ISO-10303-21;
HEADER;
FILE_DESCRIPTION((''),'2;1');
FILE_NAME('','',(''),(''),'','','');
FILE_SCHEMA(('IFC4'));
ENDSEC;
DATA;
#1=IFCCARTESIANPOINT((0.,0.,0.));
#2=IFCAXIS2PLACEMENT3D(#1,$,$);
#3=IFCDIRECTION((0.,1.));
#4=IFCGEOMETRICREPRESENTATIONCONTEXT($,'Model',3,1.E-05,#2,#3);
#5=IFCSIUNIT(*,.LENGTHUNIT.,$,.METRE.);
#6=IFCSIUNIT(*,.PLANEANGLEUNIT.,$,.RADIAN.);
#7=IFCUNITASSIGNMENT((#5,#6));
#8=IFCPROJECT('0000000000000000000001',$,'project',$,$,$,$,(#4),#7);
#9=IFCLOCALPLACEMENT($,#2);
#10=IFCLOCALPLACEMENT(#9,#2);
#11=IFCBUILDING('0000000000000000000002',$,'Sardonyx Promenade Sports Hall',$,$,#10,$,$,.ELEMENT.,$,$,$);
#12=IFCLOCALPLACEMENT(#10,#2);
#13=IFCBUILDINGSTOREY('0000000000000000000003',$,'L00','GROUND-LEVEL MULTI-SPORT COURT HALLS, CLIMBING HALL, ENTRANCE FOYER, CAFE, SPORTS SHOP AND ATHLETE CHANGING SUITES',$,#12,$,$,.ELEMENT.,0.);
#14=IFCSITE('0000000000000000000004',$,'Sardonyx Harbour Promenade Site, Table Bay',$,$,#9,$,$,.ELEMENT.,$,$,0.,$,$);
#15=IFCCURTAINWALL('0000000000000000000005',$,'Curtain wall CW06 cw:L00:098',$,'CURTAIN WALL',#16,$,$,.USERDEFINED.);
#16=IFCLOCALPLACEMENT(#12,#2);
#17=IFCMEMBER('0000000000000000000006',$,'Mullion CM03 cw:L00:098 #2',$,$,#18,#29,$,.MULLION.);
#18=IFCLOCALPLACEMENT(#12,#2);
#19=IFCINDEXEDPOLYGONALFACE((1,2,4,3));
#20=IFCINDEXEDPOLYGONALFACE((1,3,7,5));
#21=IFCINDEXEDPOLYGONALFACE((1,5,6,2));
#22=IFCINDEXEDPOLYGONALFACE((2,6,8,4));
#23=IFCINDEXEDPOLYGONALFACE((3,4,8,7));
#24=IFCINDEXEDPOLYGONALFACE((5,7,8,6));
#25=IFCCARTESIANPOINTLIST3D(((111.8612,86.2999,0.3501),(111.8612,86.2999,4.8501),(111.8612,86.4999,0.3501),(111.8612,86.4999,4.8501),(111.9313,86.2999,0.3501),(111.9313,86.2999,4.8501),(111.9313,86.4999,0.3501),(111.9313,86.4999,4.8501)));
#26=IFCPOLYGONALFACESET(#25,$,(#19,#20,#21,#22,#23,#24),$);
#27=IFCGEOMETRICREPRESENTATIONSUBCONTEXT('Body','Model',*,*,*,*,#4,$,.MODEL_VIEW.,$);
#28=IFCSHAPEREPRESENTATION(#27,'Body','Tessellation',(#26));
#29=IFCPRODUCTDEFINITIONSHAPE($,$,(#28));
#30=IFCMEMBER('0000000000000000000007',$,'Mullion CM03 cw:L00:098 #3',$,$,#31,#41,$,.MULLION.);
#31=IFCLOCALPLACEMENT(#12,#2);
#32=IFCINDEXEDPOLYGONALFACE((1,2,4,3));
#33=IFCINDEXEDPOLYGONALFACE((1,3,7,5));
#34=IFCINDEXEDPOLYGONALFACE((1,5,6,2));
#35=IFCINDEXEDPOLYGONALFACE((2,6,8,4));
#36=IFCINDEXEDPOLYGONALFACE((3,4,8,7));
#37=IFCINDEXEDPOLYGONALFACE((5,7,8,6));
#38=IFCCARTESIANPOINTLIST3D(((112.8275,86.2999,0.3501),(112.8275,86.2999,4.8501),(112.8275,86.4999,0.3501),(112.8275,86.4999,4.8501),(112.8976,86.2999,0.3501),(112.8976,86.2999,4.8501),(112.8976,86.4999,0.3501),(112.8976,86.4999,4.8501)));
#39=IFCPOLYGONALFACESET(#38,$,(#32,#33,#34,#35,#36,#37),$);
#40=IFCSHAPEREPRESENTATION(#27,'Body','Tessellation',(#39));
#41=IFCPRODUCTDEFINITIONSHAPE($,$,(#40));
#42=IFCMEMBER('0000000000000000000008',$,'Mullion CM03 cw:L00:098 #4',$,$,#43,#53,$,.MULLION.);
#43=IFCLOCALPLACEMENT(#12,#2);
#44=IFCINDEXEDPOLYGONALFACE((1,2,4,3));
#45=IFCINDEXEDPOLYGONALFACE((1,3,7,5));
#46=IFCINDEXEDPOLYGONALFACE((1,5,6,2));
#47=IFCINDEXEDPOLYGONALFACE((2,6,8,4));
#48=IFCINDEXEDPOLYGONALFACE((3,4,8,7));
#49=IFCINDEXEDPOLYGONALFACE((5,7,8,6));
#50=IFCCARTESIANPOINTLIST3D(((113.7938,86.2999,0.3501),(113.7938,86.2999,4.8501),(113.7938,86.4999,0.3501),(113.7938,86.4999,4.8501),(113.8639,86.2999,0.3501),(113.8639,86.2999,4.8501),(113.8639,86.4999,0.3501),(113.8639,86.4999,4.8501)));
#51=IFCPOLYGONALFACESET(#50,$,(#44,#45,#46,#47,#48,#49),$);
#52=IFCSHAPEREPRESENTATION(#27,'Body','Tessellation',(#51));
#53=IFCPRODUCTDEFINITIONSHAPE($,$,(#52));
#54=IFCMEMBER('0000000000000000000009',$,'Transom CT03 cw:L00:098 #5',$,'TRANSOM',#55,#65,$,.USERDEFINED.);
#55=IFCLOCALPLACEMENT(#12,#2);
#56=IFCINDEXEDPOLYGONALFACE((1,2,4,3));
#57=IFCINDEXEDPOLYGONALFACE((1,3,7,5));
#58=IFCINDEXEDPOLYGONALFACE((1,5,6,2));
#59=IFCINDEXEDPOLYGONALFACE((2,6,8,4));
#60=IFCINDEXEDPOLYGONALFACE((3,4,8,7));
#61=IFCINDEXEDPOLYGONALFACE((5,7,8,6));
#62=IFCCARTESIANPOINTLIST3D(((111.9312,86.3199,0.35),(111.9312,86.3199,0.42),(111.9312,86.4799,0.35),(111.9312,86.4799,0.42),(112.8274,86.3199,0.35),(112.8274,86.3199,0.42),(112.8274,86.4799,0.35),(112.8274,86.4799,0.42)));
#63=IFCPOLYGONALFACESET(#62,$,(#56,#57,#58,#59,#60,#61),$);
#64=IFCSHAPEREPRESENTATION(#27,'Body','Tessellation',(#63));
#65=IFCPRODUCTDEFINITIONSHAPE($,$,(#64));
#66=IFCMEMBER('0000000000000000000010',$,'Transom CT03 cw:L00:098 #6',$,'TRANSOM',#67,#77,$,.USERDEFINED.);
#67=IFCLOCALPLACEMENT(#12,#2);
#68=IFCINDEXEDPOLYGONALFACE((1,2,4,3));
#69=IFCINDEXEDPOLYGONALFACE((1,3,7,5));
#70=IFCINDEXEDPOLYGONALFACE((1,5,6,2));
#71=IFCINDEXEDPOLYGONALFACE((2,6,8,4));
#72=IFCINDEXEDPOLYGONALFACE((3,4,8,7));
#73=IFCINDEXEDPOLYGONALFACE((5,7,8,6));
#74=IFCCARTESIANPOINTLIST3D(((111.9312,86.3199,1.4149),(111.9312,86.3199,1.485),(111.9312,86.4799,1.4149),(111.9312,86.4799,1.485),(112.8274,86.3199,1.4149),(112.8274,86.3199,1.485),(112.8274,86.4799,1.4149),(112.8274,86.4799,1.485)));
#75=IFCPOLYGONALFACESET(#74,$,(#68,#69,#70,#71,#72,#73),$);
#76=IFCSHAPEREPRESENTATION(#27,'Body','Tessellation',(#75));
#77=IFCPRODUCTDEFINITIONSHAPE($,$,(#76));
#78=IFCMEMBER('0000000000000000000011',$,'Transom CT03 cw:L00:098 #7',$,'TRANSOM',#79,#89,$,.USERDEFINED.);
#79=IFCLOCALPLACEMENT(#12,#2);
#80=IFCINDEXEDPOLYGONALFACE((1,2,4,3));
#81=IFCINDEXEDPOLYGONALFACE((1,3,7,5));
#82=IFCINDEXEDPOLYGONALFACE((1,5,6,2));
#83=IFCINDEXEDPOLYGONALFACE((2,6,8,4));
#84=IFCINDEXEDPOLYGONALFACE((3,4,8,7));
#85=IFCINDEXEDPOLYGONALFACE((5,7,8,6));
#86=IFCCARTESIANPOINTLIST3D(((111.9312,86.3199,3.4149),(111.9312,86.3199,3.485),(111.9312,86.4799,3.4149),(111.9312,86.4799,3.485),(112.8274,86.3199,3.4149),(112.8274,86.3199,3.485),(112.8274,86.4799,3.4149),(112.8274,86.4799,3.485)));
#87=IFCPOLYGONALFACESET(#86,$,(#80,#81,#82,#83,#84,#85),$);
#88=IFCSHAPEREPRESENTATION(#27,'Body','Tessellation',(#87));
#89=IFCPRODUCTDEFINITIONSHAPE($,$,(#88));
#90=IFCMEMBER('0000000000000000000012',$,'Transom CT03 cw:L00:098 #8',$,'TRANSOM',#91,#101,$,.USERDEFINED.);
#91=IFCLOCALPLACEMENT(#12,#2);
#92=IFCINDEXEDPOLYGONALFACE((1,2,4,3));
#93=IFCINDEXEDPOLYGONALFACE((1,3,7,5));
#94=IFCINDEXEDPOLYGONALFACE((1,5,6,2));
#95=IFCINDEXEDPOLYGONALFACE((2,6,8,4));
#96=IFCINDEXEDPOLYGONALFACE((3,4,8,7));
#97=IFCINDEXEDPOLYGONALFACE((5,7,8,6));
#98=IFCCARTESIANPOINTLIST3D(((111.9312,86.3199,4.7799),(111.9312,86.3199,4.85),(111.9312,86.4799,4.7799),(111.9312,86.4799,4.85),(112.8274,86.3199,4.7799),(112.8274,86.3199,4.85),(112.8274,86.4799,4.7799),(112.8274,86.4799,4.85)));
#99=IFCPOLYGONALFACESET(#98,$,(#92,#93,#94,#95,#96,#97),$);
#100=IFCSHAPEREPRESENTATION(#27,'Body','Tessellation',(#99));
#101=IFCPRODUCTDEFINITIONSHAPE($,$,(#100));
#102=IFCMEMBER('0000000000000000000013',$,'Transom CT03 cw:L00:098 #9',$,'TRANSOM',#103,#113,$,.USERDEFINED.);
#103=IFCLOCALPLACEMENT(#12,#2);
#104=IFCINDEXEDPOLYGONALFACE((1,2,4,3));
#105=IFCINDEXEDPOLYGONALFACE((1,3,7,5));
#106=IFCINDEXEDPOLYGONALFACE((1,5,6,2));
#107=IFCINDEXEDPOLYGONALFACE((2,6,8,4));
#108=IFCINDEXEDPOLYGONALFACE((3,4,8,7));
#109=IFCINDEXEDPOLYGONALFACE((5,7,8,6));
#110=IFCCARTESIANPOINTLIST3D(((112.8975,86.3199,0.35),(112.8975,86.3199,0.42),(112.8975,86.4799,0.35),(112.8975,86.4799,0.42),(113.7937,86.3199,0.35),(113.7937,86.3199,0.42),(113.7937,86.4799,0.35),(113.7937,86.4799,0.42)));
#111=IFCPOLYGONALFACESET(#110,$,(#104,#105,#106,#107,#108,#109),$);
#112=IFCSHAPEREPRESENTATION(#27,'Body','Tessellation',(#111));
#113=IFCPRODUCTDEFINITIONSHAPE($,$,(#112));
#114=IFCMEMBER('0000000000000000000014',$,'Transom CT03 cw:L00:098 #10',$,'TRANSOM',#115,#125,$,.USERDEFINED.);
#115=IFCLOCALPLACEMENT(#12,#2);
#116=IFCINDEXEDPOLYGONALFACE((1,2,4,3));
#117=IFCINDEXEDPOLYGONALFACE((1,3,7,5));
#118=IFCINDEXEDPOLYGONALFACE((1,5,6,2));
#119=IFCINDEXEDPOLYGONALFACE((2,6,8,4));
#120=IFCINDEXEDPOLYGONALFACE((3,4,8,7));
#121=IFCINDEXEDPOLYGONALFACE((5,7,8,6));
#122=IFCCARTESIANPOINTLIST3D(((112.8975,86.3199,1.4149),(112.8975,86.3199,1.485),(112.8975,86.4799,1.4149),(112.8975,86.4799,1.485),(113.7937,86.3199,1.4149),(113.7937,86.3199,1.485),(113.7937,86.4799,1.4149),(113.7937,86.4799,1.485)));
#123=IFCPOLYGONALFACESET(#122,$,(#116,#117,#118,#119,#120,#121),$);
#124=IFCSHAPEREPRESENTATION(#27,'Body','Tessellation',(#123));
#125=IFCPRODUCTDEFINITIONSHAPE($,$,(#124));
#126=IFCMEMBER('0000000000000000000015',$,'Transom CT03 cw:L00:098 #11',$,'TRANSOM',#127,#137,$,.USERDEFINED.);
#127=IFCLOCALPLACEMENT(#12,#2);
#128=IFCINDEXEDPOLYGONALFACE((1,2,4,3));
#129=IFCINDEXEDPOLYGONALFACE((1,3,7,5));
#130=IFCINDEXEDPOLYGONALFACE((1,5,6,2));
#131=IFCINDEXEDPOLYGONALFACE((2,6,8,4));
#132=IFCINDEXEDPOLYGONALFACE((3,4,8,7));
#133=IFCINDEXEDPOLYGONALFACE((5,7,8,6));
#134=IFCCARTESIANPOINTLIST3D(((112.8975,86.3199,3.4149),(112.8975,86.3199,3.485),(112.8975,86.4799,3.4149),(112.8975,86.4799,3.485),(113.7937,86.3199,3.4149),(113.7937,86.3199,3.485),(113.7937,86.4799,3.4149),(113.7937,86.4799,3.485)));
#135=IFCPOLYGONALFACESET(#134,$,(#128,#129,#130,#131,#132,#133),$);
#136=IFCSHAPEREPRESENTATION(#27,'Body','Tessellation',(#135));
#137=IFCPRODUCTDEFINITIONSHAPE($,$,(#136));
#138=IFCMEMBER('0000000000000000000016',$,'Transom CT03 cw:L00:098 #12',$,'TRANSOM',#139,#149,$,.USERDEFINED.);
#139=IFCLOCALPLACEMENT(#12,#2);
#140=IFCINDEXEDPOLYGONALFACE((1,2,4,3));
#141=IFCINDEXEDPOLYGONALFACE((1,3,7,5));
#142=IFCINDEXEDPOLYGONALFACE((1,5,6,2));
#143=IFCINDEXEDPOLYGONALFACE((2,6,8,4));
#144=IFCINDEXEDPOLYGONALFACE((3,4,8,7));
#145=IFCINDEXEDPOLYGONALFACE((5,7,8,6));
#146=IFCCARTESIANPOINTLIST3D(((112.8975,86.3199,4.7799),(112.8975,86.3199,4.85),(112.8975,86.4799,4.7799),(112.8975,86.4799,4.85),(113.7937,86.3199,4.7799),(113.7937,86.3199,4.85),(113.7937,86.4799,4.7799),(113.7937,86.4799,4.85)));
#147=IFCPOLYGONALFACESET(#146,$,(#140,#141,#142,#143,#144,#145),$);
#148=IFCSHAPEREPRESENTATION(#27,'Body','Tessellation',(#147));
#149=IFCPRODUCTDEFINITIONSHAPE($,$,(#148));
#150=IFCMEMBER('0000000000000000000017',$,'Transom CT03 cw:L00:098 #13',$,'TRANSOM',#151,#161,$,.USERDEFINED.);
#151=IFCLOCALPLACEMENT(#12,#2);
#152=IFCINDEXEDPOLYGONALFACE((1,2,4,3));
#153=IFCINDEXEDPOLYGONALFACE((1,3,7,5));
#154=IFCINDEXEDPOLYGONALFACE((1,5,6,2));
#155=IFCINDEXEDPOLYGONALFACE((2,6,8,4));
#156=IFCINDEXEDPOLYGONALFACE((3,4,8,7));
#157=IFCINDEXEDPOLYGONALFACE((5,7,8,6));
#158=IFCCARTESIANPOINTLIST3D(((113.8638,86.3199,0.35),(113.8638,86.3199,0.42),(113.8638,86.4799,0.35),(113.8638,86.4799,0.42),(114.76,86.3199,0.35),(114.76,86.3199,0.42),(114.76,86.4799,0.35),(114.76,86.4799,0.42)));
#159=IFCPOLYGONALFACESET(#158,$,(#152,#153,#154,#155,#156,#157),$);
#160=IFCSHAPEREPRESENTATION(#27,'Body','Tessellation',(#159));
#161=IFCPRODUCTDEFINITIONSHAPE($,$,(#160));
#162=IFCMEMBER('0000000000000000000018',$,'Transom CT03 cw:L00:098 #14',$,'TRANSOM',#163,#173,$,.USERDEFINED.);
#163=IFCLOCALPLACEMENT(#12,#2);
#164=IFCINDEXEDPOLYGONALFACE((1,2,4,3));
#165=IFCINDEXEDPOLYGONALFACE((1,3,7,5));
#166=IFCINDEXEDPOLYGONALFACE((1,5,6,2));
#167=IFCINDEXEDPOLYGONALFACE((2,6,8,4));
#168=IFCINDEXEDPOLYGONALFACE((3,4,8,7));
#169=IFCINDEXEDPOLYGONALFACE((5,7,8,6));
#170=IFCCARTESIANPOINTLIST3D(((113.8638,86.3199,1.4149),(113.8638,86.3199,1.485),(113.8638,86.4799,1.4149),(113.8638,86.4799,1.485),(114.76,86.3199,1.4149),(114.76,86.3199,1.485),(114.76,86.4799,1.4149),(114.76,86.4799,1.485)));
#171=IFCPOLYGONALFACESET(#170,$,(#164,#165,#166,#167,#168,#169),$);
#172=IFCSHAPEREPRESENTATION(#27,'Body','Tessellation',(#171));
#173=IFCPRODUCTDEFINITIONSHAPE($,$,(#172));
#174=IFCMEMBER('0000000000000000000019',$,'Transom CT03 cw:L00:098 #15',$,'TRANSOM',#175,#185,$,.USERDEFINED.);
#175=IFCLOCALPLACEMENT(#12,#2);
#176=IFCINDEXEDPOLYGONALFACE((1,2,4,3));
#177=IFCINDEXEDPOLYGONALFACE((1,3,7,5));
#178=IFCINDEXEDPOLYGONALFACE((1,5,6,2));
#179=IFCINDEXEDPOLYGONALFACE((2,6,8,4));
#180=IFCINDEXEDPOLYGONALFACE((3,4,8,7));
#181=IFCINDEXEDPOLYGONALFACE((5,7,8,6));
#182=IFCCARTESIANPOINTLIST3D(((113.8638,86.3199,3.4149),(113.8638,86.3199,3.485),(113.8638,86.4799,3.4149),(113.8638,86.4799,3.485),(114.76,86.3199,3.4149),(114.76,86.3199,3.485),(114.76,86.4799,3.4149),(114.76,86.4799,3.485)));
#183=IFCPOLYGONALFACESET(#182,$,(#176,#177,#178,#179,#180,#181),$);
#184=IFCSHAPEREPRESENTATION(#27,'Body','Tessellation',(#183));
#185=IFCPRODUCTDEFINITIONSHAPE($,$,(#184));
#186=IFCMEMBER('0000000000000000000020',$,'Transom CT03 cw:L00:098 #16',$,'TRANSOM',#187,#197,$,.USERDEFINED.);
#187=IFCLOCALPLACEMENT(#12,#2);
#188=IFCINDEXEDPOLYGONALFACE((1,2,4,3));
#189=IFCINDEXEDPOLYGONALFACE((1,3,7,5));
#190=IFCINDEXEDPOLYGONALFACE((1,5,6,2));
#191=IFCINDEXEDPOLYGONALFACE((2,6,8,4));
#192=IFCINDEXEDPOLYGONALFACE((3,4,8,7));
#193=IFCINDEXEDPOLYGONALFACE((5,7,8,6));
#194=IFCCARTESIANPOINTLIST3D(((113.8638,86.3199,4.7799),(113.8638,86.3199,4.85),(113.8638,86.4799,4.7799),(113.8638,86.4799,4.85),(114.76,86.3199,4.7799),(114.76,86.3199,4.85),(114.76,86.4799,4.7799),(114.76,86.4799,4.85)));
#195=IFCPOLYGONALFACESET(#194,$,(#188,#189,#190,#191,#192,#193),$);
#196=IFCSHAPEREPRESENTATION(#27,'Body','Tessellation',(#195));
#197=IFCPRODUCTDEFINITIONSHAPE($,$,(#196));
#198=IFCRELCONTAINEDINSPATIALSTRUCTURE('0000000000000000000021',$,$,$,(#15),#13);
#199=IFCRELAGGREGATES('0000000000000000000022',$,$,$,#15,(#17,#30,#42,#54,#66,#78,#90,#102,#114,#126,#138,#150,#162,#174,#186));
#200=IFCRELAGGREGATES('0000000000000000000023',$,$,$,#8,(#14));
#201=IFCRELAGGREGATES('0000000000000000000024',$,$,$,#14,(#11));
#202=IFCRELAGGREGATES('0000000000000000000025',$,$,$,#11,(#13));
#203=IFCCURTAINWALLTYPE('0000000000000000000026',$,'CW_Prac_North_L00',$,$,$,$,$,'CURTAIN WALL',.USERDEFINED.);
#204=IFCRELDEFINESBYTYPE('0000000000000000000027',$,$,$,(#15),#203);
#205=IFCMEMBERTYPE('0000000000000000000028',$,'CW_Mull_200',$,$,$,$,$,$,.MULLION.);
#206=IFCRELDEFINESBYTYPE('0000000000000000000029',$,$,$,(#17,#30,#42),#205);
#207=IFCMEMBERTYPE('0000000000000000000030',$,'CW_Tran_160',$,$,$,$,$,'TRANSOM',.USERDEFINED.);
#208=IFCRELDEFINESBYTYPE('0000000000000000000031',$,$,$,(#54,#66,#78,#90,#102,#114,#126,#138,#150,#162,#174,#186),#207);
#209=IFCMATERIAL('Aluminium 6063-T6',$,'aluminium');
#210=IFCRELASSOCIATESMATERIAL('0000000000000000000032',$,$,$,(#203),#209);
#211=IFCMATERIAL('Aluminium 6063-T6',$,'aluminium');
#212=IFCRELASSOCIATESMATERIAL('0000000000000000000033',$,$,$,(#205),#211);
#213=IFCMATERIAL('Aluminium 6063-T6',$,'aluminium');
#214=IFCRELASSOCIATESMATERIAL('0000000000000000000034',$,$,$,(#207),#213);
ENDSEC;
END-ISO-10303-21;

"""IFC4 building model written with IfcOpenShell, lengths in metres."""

from ifc_helpers import new_model, si_unit, direction, frame, origin, origin_2d, place, context, subcontext, project, spatial, rectangle, extrude, material, material_profile, profile_set, type_object, element, aggregate, save


model = new_model("IFC4")

# Units and contexts
model_context = context("Model", 3, precision=1e-05, world=origin(), true_north=direction((0.0, 1.0)))
body_context = subcontext(model_context, "Body", "Model", "MODEL_VIEW")
ifc_project = project(units=[si_unit("LENGTHUNIT", "METRE"), si_unit("PLANEANGLEUNIT", "RADIAN")], contexts=[model_context])

# Site, building, storey
site_placement = place(None, origin())
site = spatial("IfcSite", under=ifc_project, at=site_placement, Name="Sardonyx Harbour Promenade Site, Table Bay", CompositionType="ELEMENT", RefElevation=0.0)
building_placement = place(site_placement, origin())
building = spatial("IfcBuilding", under=site, at=building_placement, Name="Sardonyx Promenade Sports Hall", CompositionType="ELEMENT")
storey_placement = place(building_placement, origin())
storey = spatial("IfcBuildingStorey", under=building, at=storey_placement, Name="L00", Description="GROUND-LEVEL MULTI-SPORT COURT HALLS, CLIMBING HALL, ENTRANCE FOYER, CAFE, SPORTS SHOP AND ATHLETE CHANGING SUITES", CompositionType="ELEMENT", Elevation=0.0)

# Curtain wall, members
ifc_material_1 = material(Name="Aluminium 6063-T6", Category="aluminium")
curtain_wall_type = type_object("IfcCurtainWallType", Name="CW_Prac_North_L00", ElementType="CURTAIN WALL", PredefinedType="USERDEFINED", material=ifc_material_1)
curtain_wall_placement = place(storey_placement, origin())
curtain_wall = element("IfcCurtainWall", 1, at=curtain_wall_placement, inside=storey, type_object=curtain_wall_type, Name="Curtain wall CW06 cw:L00:098", ObjectType="CURTAIN WALL", PredefinedType="USERDEFINED")
ifc_material_2 = material(Name="Aluminium 6063-T6", Category="aluminium")
ifc_material_profile_1 = material_profile(ifc_material_2, rectangle(XDim=0.0701, YDim=0.2, at=origin_2d()))
ifc_profile_set_1 = profile_set([ifc_material_profile_1], Name="Aluminium 6063-T6")
member_type_1 = type_object("IfcMemberType", Name="CW_Mull_200", PredefinedType="MULLION", material=ifc_profile_set_1)
member_1_placement = place(storey_placement, frame((111.8962, 86.3999, 0.3501), z_axis=(0.0, 0.0, 1.0), x_axis=(1.0, 0.0, 0.0)))
member_1 = element("IfcMember", 2, at=member_1_placement, type_object=member_type_1, Name="Mullion CM03 cw:L00:098 #2", PredefinedType="MULLION", context=body_context, shape_type="SweptSolid", body=[
    extrude(rectangle(XDim=0.0701, YDim=0.2, at=origin_2d()), origin(), (0.0, 0.0, 1.0), 4.5),
])
member_2_placement = place(storey_placement, frame((112.8625, 86.3999, 0.3501), z_axis=(0.0, 0.0, 1.0), x_axis=(1.0, 0.0, 0.0)))
member_2 = element("IfcMember", 3, at=member_2_placement, type_object=member_type_1, Name="Mullion CM03 cw:L00:098 #3", PredefinedType="MULLION", context=body_context, shape_type="SweptSolid", body=[
    extrude(rectangle(XDim=0.0701, YDim=0.2, at=origin_2d()), origin(), (0.0, 0.0, 1.0), 4.5),
])
member_3_placement = place(storey_placement, frame((113.8289, 86.3999, 0.3501), z_axis=(0.0, 0.0, 1.0), x_axis=(1.0, 0.0, 0.0)))
member_3 = element("IfcMember", 4, at=member_3_placement, type_object=member_type_1, Name="Mullion CM03 cw:L00:098 #4", PredefinedType="MULLION", context=body_context, shape_type="SweptSolid", body=[
    extrude(rectangle(XDim=0.0701, YDim=0.2, at=origin_2d()), origin(), (0.0, 0.0, 1.0), 4.5),
])
ifc_material_3 = material(Name="Aluminium 6063-T6", Category="aluminium")
ifc_material_profile_2 = material_profile(ifc_material_3, rectangle(XDim=0.0701, YDim=0.1599, at=origin_2d()))
ifc_profile_set_2 = profile_set([ifc_material_profile_2], Name="Aluminium 6063-T6")
member_type_2 = type_object("IfcMemberType", Name="CW_Tran_160", ElementType="TRANSOM", PredefinedType="USERDEFINED", material=ifc_profile_set_2)
member_4_placement = place(storey_placement, frame((111.9312, 86.3999, 0.385), z_axis=(1.0, 0.0, 0.0), x_axis=(0.0, 0.0, 1.0)))
member_4 = element("IfcMember", 5, at=member_4_placement, type_object=member_type_2, Name="Transom CT03 cw:L00:098 #5", ObjectType="TRANSOM", PredefinedType="USERDEFINED", context=body_context, shape_type="SweptSolid", body=[
    extrude(rectangle(XDim=0.0701, YDim=0.1599, at=origin_2d()), origin(), (0.0, 0.0, 1.0), 0.8962),
])
member_5_placement = place(storey_placement, frame((111.9312, 86.3999, 1.45), z_axis=(1.0, 0.0, 0.0), x_axis=(0.0, 0.0, 1.0)))
member_5 = element("IfcMember", 6, at=member_5_placement, type_object=member_type_2, Name="Transom CT03 cw:L00:098 #6", ObjectType="TRANSOM", PredefinedType="USERDEFINED", context=body_context, shape_type="SweptSolid", body=[
    extrude(rectangle(XDim=0.0701, YDim=0.1599, at=origin_2d()), origin(), (0.0, 0.0, 1.0), 0.8962),
])
member_6_placement = place(storey_placement, frame((111.9312, 86.3999, 3.45), z_axis=(1.0, 0.0, 0.0), x_axis=(0.0, 0.0, 1.0)))
member_6 = element("IfcMember", 7, at=member_6_placement, type_object=member_type_2, Name="Transom CT03 cw:L00:098 #7", ObjectType="TRANSOM", PredefinedType="USERDEFINED", context=body_context, shape_type="SweptSolid", body=[
    extrude(rectangle(XDim=0.0701, YDim=0.1599, at=origin_2d()), origin(), (0.0, 0.0, 1.0), 0.8962),
])
member_7_placement = place(storey_placement, frame((111.9312, 86.3999, 4.8149), z_axis=(1.0, 0.0, 0.0), x_axis=(0.0, 0.0, 1.0)))
member_7 = element("IfcMember", 8, at=member_7_placement, type_object=member_type_2, Name="Transom CT03 cw:L00:098 #8", ObjectType="TRANSOM", PredefinedType="USERDEFINED", context=body_context, shape_type="SweptSolid", body=[
    extrude(rectangle(XDim=0.0701, YDim=0.1599, at=origin_2d()), origin(), (0.0, 0.0, 1.0), 0.8962),
])
member_8_placement = place(storey_placement, frame((112.8975, 86.3999, 0.385), z_axis=(1.0, 0.0, 0.0), x_axis=(0.0, 0.0, 1.0)))
member_8 = element("IfcMember", 9, at=member_8_placement, type_object=member_type_2, Name="Transom CT03 cw:L00:098 #9", ObjectType="TRANSOM", PredefinedType="USERDEFINED", context=body_context, shape_type="SweptSolid", body=[
    extrude(rectangle(XDim=0.0701, YDim=0.1599, at=origin_2d()), origin(), (0.0, 0.0, 1.0), 0.8962),
])
member_9_placement = place(storey_placement, frame((112.8975, 86.3999, 1.45), z_axis=(1.0, 0.0, 0.0), x_axis=(0.0, 0.0, 1.0)))
member_9 = element("IfcMember", 10, at=member_9_placement, type_object=member_type_2, Name="Transom CT03 cw:L00:098 #10", ObjectType="TRANSOM", PredefinedType="USERDEFINED", context=body_context, shape_type="SweptSolid", body=[
    extrude(rectangle(XDim=0.0701, YDim=0.1599, at=origin_2d()), origin(), (0.0, 0.0, 1.0), 0.8962),
])
member_10_placement = place(storey_placement, frame((112.8975, 86.3999, 3.45), z_axis=(1.0, 0.0, 0.0), x_axis=(0.0, 0.0, 1.0)))
member_10 = element("IfcMember", 11, at=member_10_placement, type_object=member_type_2, Name="Transom CT03 cw:L00:098 #11", ObjectType="TRANSOM", PredefinedType="USERDEFINED", context=body_context, shape_type="SweptSolid", body=[
    extrude(rectangle(XDim=0.0701, YDim=0.1599, at=origin_2d()), origin(), (0.0, 0.0, 1.0), 0.8962),
])
member_11_placement = place(storey_placement, frame((112.8975, 86.3999, 4.8149), z_axis=(1.0, 0.0, 0.0), x_axis=(0.0, 0.0, 1.0)))
member_11 = element("IfcMember", 12, at=member_11_placement, type_object=member_type_2, Name="Transom CT03 cw:L00:098 #12", ObjectType="TRANSOM", PredefinedType="USERDEFINED", context=body_context, shape_type="SweptSolid", body=[
    extrude(rectangle(XDim=0.0701, YDim=0.1599, at=origin_2d()), origin(), (0.0, 0.0, 1.0), 0.8962),
])
member_12_placement = place(storey_placement, frame((113.8638, 86.3999, 0.385), z_axis=(1.0, 0.0, 0.0), x_axis=(0.0, 0.0, 1.0)))
member_12 = element("IfcMember", 13, at=member_12_placement, type_object=member_type_2, Name="Transom CT03 cw:L00:098 #13", ObjectType="TRANSOM", PredefinedType="USERDEFINED", context=body_context, shape_type="SweptSolid", body=[
    extrude(rectangle(XDim=0.0701, YDim=0.1599, at=origin_2d()), origin(), (0.0, 0.0, 1.0), 0.8962),
])
member_13_placement = place(storey_placement, frame((113.8638, 86.3999, 1.45), z_axis=(1.0, 0.0, 0.0), x_axis=(0.0, 0.0, 1.0)))
member_13 = element("IfcMember", 14, at=member_13_placement, type_object=member_type_2, Name="Transom CT03 cw:L00:098 #14", ObjectType="TRANSOM", PredefinedType="USERDEFINED", context=body_context, shape_type="SweptSolid", body=[
    extrude(rectangle(XDim=0.0701, YDim=0.1599, at=origin_2d()), origin(), (0.0, 0.0, 1.0), 0.8962),
])
member_14_placement = place(storey_placement, frame((113.8638, 86.3999, 3.45), z_axis=(1.0, 0.0, 0.0), x_axis=(0.0, 0.0, 1.0)))
member_14 = element("IfcMember", 15, at=member_14_placement, type_object=member_type_2, Name="Transom CT03 cw:L00:098 #15", ObjectType="TRANSOM", PredefinedType="USERDEFINED", context=body_context, shape_type="SweptSolid", body=[
    extrude(rectangle(XDim=0.0701, YDim=0.1599, at=origin_2d()), origin(), (0.0, 0.0, 1.0), 0.8962),
])
member_15_placement = place(storey_placement, frame((113.8638, 86.3999, 4.8149), z_axis=(1.0, 0.0, 0.0), x_axis=(0.0, 0.0, 1.0)))
member_15 = element("IfcMember", 16, at=member_15_placement, type_object=member_type_2, Name="Transom CT03 cw:L00:098 #16", ObjectType="TRANSOM", PredefinedType="USERDEFINED", context=body_context, shape_type="SweptSolid", body=[
    extrude(rectangle(XDim=0.0701, YDim=0.1599, at=origin_2d()), origin(), (0.0, 0.0, 1.0), 0.8962),
])
aggregate(curtain_wall, [member_1, member_2, member_3, member_4, member_5, member_6, member_7, member_8, member_9, member_10, member_11, member_12, member_13, member_14, member_15])

save(model, "model.ifc")
